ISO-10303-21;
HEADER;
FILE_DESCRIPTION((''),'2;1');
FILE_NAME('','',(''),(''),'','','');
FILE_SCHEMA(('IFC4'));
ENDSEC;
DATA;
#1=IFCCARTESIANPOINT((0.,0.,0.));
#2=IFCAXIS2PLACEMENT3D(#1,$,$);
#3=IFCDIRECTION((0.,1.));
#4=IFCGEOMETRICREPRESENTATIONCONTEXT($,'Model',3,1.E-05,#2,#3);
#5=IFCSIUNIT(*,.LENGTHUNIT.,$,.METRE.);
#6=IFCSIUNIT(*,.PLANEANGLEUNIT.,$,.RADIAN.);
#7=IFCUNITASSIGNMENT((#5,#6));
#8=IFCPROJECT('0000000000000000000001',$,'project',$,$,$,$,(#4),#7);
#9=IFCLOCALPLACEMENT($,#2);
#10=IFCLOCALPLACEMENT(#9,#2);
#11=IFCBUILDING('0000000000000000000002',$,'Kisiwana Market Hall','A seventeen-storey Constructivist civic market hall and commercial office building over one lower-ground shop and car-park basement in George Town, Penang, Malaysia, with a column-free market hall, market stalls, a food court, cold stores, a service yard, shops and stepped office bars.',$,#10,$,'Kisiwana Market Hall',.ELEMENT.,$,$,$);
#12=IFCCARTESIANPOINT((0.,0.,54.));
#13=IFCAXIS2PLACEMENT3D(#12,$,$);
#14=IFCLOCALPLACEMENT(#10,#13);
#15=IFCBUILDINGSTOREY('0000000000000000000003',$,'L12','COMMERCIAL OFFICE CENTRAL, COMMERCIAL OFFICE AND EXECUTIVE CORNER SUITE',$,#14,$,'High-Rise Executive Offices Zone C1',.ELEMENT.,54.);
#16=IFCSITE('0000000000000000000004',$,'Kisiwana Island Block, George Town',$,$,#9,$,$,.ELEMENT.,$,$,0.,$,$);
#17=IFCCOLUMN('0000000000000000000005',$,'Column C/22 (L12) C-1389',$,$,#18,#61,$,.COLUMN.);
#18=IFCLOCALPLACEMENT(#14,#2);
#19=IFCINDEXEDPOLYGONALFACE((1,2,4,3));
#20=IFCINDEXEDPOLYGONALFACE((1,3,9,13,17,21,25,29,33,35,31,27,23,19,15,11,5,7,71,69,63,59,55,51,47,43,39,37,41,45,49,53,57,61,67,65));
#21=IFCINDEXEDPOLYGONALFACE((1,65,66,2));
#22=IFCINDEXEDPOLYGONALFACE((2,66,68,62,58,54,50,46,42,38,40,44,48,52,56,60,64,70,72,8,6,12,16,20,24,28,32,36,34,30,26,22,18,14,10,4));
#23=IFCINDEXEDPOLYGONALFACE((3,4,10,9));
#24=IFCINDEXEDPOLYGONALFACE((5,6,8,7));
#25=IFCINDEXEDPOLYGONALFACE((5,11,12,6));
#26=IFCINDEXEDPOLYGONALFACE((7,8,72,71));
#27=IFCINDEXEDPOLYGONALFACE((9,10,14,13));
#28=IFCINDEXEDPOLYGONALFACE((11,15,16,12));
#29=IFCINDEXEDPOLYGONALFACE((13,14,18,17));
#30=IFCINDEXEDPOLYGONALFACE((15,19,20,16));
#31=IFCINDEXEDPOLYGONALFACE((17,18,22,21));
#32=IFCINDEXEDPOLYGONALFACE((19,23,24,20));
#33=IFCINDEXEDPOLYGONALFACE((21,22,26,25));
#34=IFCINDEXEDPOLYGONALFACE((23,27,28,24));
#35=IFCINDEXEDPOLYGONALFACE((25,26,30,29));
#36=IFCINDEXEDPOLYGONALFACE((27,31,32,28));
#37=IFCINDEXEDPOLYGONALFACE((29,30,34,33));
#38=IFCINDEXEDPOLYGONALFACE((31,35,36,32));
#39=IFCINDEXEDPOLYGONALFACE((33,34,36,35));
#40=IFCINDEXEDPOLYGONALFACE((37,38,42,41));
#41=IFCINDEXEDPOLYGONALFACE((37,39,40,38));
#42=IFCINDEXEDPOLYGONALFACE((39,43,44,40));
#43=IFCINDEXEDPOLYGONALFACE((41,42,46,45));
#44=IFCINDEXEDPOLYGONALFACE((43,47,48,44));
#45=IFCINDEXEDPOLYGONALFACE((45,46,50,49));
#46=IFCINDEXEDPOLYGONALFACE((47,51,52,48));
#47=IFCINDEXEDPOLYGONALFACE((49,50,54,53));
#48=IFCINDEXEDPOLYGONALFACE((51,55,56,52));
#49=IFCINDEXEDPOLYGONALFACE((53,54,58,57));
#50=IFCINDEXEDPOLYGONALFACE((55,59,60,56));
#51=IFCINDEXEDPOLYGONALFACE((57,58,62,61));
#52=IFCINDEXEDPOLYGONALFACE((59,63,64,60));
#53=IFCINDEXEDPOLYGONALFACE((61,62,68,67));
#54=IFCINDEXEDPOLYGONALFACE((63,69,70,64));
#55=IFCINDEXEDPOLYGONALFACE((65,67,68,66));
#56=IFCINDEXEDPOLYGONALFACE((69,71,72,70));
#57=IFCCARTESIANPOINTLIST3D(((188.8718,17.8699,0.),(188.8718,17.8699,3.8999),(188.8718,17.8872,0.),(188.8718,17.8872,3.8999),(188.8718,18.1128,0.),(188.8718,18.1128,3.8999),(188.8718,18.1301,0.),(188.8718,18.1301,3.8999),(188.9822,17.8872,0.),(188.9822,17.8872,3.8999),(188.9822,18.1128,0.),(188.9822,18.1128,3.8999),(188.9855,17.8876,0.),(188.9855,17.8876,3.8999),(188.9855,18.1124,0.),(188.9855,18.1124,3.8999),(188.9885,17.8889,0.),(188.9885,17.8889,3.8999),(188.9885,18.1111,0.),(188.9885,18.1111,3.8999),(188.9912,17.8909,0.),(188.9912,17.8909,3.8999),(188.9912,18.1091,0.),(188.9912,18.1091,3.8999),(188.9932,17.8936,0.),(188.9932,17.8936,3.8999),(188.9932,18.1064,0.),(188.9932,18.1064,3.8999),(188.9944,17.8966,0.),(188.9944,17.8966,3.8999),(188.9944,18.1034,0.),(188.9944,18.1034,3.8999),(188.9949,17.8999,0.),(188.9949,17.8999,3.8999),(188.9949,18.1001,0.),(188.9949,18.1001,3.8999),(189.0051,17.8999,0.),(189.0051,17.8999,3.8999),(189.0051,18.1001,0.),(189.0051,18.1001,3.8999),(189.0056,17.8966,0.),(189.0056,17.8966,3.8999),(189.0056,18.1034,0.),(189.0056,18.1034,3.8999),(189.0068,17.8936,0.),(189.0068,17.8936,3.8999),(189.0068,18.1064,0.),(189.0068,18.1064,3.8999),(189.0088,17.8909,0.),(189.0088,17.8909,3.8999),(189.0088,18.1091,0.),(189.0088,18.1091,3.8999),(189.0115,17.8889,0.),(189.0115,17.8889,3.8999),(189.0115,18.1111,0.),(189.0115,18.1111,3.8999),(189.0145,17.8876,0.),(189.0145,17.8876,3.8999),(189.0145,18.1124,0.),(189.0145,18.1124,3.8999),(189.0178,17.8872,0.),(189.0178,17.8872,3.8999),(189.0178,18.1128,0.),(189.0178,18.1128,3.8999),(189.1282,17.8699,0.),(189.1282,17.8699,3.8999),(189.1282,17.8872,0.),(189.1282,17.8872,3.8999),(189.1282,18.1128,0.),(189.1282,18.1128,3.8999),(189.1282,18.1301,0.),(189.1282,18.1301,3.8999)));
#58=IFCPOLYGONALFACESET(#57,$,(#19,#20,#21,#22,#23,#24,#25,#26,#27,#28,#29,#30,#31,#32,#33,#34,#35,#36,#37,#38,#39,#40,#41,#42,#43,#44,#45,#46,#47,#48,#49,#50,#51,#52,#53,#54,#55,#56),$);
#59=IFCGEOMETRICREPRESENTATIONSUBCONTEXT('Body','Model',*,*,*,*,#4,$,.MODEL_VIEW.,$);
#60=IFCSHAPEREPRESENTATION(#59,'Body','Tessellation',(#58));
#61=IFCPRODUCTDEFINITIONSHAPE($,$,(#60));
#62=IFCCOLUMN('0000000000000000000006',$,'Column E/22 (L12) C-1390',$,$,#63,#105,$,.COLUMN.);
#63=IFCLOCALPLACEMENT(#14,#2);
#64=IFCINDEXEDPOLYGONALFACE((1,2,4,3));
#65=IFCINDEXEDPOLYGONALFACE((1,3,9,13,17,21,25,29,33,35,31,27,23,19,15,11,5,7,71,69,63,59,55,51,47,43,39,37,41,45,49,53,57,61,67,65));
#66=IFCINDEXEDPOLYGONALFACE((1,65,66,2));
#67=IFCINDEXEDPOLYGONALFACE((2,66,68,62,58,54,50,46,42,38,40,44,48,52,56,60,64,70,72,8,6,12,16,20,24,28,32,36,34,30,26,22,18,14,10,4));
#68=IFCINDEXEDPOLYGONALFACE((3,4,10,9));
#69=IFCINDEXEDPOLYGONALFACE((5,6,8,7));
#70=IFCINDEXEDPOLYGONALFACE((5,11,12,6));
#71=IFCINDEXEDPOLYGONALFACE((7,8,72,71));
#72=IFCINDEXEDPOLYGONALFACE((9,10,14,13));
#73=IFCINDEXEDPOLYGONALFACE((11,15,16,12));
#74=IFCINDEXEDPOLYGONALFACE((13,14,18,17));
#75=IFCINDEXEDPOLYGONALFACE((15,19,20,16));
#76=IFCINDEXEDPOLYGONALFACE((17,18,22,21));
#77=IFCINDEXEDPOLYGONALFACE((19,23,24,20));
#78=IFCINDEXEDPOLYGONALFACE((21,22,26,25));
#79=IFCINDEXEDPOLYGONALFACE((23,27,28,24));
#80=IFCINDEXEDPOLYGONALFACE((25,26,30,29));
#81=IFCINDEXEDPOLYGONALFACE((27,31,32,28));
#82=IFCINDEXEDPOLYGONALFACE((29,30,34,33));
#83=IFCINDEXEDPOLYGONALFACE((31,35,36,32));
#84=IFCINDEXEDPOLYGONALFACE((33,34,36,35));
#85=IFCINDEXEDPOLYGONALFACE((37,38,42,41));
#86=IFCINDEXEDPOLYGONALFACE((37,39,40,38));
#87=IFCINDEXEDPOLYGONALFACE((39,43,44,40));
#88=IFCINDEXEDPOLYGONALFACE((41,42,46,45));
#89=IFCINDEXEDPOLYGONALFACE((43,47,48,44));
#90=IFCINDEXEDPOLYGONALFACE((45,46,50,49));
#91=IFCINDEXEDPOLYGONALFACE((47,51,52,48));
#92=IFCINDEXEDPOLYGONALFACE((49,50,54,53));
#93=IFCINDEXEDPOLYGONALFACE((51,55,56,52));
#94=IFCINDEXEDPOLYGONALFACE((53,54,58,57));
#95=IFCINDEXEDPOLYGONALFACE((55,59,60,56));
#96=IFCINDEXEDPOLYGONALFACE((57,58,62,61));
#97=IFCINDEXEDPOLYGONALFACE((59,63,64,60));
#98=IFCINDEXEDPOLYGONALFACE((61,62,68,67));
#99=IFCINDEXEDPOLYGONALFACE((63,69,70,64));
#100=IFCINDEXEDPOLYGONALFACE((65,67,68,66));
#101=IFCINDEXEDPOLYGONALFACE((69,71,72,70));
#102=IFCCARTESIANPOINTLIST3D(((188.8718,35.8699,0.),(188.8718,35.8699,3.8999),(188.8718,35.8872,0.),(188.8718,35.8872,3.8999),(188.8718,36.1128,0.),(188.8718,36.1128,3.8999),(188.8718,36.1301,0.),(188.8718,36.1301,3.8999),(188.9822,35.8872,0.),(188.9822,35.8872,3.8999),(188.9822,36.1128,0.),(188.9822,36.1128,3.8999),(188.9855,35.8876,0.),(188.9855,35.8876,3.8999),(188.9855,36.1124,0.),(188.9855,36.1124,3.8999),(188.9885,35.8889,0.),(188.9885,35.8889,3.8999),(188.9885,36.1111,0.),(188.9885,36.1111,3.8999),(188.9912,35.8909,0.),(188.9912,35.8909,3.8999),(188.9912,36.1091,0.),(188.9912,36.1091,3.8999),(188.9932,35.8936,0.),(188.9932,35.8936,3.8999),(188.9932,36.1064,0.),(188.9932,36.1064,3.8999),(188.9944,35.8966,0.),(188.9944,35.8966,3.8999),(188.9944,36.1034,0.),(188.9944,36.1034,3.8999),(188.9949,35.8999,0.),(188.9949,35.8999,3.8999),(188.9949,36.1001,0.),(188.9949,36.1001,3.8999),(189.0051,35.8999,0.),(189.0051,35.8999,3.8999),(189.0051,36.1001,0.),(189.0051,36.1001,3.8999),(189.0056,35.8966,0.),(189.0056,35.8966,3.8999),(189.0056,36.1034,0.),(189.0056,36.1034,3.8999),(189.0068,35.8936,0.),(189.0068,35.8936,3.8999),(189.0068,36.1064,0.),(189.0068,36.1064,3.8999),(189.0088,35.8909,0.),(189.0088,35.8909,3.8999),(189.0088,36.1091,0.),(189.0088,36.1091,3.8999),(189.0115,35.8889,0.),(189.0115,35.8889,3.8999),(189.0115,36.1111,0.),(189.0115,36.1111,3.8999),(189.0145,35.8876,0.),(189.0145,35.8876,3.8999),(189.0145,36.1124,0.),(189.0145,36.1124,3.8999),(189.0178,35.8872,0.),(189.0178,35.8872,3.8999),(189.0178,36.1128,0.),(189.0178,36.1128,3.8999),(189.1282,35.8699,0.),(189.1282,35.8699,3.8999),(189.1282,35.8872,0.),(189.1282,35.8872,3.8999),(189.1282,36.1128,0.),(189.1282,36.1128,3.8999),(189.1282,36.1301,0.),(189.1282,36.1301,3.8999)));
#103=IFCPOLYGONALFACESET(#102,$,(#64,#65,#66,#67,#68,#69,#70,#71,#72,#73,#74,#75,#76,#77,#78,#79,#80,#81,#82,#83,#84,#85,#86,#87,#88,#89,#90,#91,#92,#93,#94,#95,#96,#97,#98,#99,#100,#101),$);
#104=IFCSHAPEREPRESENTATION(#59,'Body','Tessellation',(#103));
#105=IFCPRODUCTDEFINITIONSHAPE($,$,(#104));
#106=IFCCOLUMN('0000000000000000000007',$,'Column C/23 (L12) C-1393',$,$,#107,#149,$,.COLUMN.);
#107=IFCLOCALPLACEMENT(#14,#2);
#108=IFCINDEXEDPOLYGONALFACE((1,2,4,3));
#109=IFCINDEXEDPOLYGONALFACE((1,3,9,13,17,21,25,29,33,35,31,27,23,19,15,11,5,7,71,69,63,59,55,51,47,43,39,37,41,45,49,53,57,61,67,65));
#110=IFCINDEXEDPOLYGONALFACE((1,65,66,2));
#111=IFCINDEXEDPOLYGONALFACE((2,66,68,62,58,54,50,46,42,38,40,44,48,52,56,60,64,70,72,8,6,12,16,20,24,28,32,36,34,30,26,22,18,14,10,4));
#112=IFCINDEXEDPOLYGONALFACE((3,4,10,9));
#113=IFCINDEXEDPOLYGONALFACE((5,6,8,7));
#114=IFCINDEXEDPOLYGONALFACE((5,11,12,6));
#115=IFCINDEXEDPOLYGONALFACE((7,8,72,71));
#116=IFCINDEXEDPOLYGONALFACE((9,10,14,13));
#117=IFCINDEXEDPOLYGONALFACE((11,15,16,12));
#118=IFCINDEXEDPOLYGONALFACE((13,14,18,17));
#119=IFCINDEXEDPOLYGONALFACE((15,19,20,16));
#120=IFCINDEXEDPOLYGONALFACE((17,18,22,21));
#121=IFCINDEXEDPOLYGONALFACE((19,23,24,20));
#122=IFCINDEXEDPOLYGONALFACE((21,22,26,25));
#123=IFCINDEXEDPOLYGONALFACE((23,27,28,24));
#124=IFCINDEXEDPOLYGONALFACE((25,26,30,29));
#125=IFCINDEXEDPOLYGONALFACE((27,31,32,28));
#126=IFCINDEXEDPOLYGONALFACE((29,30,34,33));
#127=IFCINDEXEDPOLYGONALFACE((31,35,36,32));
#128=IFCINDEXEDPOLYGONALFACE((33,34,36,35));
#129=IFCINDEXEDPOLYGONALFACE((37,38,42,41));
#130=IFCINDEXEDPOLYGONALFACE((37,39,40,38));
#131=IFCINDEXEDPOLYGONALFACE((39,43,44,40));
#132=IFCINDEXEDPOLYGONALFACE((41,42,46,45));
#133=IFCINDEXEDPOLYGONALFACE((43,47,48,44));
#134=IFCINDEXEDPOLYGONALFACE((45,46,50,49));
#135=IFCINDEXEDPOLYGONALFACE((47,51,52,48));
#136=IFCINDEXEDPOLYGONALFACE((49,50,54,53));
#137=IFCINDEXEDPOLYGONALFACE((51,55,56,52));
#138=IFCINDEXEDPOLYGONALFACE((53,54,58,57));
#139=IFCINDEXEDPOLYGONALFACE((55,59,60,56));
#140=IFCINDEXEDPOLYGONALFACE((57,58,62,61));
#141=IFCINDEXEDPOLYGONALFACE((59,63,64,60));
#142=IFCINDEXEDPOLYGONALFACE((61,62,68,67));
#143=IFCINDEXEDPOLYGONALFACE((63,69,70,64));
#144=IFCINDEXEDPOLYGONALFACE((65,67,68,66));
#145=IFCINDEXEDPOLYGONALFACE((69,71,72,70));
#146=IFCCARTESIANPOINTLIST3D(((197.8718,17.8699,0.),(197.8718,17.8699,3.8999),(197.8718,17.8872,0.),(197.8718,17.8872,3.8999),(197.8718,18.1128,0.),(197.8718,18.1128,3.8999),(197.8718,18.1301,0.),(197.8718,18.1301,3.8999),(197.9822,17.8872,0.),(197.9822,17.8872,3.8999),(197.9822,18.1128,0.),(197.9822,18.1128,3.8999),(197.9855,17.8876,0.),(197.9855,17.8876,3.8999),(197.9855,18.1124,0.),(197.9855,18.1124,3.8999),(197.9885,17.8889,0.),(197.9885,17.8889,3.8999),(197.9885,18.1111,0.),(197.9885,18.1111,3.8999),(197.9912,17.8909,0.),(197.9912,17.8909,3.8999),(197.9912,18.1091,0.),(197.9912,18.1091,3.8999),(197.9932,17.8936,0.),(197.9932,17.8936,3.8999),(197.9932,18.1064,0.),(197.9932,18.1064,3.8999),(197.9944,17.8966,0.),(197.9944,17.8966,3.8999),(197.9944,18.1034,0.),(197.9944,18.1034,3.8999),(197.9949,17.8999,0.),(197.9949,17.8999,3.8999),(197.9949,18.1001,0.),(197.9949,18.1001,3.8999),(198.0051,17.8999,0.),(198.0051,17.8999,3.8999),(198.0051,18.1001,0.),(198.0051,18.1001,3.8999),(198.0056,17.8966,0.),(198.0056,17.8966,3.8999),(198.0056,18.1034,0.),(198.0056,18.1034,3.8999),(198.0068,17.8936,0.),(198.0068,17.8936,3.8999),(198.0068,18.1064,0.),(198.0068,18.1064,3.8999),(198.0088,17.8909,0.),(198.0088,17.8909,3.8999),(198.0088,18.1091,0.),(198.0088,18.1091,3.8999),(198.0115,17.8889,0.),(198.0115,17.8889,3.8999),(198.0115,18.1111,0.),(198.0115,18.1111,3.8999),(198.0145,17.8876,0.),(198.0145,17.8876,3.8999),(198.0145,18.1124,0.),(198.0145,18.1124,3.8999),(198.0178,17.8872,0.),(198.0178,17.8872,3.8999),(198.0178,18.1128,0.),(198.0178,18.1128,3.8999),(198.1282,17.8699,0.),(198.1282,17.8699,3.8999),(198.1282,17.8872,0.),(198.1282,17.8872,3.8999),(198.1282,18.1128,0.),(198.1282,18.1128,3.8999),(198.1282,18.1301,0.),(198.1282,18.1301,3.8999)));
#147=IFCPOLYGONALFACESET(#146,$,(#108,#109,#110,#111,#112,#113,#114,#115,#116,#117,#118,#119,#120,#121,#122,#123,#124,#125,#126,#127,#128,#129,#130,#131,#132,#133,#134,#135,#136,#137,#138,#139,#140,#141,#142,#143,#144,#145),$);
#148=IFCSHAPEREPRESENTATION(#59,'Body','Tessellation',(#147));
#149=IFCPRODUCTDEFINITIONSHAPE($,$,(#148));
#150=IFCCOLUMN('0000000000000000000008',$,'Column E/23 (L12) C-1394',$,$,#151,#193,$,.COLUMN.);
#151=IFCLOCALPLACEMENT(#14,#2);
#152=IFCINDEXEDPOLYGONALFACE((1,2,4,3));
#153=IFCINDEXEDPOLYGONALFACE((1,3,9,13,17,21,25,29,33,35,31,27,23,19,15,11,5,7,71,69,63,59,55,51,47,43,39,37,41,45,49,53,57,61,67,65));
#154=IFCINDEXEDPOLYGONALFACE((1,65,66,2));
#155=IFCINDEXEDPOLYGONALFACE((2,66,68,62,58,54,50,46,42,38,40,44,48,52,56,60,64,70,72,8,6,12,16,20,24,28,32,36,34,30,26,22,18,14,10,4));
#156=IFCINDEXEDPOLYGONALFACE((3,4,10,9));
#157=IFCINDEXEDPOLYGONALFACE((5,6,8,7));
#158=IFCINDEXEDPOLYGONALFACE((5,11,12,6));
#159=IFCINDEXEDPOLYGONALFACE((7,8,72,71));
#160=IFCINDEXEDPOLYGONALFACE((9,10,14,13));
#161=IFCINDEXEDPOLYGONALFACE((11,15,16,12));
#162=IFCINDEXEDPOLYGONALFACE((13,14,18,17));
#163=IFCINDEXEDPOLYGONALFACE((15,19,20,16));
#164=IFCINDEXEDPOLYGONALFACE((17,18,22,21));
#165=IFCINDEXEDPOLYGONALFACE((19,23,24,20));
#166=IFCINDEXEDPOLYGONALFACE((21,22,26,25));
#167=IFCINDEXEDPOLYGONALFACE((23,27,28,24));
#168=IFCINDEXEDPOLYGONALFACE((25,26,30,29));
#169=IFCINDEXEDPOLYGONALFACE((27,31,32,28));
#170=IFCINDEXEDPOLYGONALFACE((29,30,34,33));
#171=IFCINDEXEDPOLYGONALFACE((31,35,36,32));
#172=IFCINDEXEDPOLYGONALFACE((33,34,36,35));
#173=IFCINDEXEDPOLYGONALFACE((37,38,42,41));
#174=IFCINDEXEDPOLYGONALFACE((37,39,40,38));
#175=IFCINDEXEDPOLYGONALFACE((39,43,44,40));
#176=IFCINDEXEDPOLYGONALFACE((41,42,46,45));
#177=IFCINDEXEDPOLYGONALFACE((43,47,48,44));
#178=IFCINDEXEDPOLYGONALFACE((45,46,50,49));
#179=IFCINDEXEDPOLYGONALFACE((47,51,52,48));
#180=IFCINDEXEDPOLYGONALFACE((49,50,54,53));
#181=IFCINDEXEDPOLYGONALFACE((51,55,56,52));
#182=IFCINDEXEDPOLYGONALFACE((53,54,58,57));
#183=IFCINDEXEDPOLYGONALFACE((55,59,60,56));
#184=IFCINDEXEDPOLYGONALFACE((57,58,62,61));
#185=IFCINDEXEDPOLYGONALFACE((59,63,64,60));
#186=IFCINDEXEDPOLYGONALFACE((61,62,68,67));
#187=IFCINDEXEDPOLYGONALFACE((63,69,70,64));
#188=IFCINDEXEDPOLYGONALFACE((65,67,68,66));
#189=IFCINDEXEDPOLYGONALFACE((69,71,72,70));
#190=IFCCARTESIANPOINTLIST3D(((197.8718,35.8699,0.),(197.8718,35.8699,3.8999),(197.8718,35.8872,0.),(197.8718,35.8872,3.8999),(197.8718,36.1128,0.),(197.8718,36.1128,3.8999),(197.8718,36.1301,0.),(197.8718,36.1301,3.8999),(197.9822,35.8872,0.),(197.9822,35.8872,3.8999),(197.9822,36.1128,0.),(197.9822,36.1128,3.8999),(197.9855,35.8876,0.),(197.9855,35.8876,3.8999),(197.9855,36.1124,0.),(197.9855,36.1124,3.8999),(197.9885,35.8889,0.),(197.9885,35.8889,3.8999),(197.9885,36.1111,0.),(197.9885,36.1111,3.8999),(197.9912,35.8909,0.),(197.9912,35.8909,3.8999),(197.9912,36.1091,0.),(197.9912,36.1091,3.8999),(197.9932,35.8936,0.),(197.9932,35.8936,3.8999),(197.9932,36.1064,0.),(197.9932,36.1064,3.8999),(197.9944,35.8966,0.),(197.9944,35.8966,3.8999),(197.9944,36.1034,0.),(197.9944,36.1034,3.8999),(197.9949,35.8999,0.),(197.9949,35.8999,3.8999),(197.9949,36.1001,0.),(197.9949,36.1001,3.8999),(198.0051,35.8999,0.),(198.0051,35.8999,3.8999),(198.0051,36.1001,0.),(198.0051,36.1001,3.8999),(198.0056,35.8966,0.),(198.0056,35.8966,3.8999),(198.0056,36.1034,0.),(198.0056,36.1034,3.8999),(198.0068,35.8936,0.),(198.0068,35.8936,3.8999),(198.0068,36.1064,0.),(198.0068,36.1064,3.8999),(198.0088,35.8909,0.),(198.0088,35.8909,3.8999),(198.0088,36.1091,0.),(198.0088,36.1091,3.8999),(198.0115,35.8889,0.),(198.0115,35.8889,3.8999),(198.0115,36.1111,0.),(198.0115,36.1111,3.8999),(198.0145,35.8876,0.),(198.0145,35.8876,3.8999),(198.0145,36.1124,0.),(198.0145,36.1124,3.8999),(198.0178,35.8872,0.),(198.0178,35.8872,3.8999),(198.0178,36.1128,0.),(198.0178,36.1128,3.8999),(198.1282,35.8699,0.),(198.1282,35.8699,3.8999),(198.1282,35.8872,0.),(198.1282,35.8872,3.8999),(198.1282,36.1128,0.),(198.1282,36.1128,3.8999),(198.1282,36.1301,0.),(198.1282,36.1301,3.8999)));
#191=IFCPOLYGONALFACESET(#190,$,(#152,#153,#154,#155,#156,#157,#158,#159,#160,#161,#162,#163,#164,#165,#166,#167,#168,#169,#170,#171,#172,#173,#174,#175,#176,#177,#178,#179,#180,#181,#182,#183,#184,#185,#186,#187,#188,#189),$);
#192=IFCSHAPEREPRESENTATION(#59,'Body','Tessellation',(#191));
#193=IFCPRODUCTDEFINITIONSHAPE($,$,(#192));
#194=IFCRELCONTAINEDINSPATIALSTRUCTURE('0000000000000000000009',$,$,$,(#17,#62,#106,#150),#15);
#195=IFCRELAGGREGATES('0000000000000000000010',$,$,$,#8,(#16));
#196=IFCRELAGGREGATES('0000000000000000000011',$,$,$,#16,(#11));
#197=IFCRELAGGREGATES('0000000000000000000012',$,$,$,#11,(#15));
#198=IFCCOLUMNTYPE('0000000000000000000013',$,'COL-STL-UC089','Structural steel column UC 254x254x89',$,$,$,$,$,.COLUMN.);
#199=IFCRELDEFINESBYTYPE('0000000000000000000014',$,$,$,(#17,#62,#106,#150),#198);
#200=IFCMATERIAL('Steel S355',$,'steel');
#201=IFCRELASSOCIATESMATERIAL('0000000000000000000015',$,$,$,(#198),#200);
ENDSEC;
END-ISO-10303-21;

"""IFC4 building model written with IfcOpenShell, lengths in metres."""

from ifc_helpers import new_model, si_unit, direction, frame, origin, origin_2d, place, context, subcontext, project, spatial, i_section, extrude, material, material_profile, profile_set, type_object, element, save


model = new_model("IFC4")

# Units and contexts
model_context = context("Model", 3, precision=1e-05, world=origin(), true_north=direction((0.0, 1.0)))
body_context = subcontext(model_context, "Body", "Model", "MODEL_VIEW")
ifc_project = project(units=[si_unit("LENGTHUNIT", "METRE"), si_unit("PLANEANGLEUNIT", "RADIAN")], contexts=[model_context])

# Site, building, storey
site_placement = place(None, origin())
site = spatial("IfcSite", under=ifc_project, at=site_placement, Name="Kisiwana Island Block, George Town", CompositionType="ELEMENT", RefElevation=0.0)
building_placement = place(site_placement, origin())
building = spatial("IfcBuilding", under=site, at=building_placement, Name="Kisiwana Market Hall", Description="A seventeen-storey Constructivist civic market hall and commercial office building over one lower-ground shop and car-park basement in George Town, Penang, Malaysia, with a column-free market hall, market stalls, a food court, cold stores, a service yard, shops and stepped office bars.", LongName="Kisiwana Market Hall", CompositionType="ELEMENT")
storey_placement = place(building_placement, frame((0.0, 0.0, 54.0)))
storey = spatial("IfcBuildingStorey", under=building, at=storey_placement, Name="L12", Description="COMMERCIAL OFFICE CENTRAL, COMMERCIAL OFFICE AND EXECUTIVE CORNER SUITE", LongName="High-Rise Executive Offices Zone C1", CompositionType="ELEMENT", Elevation=54.0)

# Columns
ifc_material_1 = material(Name="Steel S355", Category="steel")
ifc_material_profile_1 = material_profile(ifc_material_1, i_section(OverallWidth=0.2563, OverallDepth=0.2603, WebThickness=0.0103, FlangeThickness=0.0173, FilletRadius=0.0127, at=origin_2d()), Name="UC 254x254x89")
ifc_profile_set_1 = profile_set([ifc_material_profile_1], Name="Steel S355")
column_type = type_object("IfcColumnType", Name="COL-STL-UC089", Description="Structural steel column UC 254x254x89", PredefinedType="COLUMN", material=ifc_profile_set_1)
for number, where, z_axis, x_axis, name in (
    (1, (189.0, 18.0, 0.0), (0.0, 0.0, 1.0), (1.0, 0.0, 0.0), "Column C/22 (L12) C-1389"),
    (2, (189.0, 36.0, 0.0), (0.0, 0.0, 1.0), (1.0, 0.0, 0.0), "Column E/22 (L12) C-1390"),
    (3, (198.0, 18.0, 0.0), (0.0, 0.0, 1.0), (1.0, 0.0, 0.0), "Column C/23 (L12) C-1393"),
    (4, (198.0, 36.0, 0.0), (0.0, 0.0, 1.0), (1.0, 0.0, 0.0), "Column E/23 (L12) C-1394"),
):
    element("IfcColumn", number, at=place(storey_placement, frame(where, z_axis=z_axis, x_axis=x_axis)), inside=storey, type_object=column_type, Name=name, PredefinedType="COLUMN", context=body_context, shape_type="SweptSolid", body=[
        extrude(i_section(OverallWidth=0.2563, OverallDepth=0.2603, WebThickness=0.0103, FlangeThickness=0.0173, FilletRadius=0.0127, at=origin_2d()), origin(), (0.0, 0.0, 1.0), 3.8999),
    ])

save(model, "model.ifc")
